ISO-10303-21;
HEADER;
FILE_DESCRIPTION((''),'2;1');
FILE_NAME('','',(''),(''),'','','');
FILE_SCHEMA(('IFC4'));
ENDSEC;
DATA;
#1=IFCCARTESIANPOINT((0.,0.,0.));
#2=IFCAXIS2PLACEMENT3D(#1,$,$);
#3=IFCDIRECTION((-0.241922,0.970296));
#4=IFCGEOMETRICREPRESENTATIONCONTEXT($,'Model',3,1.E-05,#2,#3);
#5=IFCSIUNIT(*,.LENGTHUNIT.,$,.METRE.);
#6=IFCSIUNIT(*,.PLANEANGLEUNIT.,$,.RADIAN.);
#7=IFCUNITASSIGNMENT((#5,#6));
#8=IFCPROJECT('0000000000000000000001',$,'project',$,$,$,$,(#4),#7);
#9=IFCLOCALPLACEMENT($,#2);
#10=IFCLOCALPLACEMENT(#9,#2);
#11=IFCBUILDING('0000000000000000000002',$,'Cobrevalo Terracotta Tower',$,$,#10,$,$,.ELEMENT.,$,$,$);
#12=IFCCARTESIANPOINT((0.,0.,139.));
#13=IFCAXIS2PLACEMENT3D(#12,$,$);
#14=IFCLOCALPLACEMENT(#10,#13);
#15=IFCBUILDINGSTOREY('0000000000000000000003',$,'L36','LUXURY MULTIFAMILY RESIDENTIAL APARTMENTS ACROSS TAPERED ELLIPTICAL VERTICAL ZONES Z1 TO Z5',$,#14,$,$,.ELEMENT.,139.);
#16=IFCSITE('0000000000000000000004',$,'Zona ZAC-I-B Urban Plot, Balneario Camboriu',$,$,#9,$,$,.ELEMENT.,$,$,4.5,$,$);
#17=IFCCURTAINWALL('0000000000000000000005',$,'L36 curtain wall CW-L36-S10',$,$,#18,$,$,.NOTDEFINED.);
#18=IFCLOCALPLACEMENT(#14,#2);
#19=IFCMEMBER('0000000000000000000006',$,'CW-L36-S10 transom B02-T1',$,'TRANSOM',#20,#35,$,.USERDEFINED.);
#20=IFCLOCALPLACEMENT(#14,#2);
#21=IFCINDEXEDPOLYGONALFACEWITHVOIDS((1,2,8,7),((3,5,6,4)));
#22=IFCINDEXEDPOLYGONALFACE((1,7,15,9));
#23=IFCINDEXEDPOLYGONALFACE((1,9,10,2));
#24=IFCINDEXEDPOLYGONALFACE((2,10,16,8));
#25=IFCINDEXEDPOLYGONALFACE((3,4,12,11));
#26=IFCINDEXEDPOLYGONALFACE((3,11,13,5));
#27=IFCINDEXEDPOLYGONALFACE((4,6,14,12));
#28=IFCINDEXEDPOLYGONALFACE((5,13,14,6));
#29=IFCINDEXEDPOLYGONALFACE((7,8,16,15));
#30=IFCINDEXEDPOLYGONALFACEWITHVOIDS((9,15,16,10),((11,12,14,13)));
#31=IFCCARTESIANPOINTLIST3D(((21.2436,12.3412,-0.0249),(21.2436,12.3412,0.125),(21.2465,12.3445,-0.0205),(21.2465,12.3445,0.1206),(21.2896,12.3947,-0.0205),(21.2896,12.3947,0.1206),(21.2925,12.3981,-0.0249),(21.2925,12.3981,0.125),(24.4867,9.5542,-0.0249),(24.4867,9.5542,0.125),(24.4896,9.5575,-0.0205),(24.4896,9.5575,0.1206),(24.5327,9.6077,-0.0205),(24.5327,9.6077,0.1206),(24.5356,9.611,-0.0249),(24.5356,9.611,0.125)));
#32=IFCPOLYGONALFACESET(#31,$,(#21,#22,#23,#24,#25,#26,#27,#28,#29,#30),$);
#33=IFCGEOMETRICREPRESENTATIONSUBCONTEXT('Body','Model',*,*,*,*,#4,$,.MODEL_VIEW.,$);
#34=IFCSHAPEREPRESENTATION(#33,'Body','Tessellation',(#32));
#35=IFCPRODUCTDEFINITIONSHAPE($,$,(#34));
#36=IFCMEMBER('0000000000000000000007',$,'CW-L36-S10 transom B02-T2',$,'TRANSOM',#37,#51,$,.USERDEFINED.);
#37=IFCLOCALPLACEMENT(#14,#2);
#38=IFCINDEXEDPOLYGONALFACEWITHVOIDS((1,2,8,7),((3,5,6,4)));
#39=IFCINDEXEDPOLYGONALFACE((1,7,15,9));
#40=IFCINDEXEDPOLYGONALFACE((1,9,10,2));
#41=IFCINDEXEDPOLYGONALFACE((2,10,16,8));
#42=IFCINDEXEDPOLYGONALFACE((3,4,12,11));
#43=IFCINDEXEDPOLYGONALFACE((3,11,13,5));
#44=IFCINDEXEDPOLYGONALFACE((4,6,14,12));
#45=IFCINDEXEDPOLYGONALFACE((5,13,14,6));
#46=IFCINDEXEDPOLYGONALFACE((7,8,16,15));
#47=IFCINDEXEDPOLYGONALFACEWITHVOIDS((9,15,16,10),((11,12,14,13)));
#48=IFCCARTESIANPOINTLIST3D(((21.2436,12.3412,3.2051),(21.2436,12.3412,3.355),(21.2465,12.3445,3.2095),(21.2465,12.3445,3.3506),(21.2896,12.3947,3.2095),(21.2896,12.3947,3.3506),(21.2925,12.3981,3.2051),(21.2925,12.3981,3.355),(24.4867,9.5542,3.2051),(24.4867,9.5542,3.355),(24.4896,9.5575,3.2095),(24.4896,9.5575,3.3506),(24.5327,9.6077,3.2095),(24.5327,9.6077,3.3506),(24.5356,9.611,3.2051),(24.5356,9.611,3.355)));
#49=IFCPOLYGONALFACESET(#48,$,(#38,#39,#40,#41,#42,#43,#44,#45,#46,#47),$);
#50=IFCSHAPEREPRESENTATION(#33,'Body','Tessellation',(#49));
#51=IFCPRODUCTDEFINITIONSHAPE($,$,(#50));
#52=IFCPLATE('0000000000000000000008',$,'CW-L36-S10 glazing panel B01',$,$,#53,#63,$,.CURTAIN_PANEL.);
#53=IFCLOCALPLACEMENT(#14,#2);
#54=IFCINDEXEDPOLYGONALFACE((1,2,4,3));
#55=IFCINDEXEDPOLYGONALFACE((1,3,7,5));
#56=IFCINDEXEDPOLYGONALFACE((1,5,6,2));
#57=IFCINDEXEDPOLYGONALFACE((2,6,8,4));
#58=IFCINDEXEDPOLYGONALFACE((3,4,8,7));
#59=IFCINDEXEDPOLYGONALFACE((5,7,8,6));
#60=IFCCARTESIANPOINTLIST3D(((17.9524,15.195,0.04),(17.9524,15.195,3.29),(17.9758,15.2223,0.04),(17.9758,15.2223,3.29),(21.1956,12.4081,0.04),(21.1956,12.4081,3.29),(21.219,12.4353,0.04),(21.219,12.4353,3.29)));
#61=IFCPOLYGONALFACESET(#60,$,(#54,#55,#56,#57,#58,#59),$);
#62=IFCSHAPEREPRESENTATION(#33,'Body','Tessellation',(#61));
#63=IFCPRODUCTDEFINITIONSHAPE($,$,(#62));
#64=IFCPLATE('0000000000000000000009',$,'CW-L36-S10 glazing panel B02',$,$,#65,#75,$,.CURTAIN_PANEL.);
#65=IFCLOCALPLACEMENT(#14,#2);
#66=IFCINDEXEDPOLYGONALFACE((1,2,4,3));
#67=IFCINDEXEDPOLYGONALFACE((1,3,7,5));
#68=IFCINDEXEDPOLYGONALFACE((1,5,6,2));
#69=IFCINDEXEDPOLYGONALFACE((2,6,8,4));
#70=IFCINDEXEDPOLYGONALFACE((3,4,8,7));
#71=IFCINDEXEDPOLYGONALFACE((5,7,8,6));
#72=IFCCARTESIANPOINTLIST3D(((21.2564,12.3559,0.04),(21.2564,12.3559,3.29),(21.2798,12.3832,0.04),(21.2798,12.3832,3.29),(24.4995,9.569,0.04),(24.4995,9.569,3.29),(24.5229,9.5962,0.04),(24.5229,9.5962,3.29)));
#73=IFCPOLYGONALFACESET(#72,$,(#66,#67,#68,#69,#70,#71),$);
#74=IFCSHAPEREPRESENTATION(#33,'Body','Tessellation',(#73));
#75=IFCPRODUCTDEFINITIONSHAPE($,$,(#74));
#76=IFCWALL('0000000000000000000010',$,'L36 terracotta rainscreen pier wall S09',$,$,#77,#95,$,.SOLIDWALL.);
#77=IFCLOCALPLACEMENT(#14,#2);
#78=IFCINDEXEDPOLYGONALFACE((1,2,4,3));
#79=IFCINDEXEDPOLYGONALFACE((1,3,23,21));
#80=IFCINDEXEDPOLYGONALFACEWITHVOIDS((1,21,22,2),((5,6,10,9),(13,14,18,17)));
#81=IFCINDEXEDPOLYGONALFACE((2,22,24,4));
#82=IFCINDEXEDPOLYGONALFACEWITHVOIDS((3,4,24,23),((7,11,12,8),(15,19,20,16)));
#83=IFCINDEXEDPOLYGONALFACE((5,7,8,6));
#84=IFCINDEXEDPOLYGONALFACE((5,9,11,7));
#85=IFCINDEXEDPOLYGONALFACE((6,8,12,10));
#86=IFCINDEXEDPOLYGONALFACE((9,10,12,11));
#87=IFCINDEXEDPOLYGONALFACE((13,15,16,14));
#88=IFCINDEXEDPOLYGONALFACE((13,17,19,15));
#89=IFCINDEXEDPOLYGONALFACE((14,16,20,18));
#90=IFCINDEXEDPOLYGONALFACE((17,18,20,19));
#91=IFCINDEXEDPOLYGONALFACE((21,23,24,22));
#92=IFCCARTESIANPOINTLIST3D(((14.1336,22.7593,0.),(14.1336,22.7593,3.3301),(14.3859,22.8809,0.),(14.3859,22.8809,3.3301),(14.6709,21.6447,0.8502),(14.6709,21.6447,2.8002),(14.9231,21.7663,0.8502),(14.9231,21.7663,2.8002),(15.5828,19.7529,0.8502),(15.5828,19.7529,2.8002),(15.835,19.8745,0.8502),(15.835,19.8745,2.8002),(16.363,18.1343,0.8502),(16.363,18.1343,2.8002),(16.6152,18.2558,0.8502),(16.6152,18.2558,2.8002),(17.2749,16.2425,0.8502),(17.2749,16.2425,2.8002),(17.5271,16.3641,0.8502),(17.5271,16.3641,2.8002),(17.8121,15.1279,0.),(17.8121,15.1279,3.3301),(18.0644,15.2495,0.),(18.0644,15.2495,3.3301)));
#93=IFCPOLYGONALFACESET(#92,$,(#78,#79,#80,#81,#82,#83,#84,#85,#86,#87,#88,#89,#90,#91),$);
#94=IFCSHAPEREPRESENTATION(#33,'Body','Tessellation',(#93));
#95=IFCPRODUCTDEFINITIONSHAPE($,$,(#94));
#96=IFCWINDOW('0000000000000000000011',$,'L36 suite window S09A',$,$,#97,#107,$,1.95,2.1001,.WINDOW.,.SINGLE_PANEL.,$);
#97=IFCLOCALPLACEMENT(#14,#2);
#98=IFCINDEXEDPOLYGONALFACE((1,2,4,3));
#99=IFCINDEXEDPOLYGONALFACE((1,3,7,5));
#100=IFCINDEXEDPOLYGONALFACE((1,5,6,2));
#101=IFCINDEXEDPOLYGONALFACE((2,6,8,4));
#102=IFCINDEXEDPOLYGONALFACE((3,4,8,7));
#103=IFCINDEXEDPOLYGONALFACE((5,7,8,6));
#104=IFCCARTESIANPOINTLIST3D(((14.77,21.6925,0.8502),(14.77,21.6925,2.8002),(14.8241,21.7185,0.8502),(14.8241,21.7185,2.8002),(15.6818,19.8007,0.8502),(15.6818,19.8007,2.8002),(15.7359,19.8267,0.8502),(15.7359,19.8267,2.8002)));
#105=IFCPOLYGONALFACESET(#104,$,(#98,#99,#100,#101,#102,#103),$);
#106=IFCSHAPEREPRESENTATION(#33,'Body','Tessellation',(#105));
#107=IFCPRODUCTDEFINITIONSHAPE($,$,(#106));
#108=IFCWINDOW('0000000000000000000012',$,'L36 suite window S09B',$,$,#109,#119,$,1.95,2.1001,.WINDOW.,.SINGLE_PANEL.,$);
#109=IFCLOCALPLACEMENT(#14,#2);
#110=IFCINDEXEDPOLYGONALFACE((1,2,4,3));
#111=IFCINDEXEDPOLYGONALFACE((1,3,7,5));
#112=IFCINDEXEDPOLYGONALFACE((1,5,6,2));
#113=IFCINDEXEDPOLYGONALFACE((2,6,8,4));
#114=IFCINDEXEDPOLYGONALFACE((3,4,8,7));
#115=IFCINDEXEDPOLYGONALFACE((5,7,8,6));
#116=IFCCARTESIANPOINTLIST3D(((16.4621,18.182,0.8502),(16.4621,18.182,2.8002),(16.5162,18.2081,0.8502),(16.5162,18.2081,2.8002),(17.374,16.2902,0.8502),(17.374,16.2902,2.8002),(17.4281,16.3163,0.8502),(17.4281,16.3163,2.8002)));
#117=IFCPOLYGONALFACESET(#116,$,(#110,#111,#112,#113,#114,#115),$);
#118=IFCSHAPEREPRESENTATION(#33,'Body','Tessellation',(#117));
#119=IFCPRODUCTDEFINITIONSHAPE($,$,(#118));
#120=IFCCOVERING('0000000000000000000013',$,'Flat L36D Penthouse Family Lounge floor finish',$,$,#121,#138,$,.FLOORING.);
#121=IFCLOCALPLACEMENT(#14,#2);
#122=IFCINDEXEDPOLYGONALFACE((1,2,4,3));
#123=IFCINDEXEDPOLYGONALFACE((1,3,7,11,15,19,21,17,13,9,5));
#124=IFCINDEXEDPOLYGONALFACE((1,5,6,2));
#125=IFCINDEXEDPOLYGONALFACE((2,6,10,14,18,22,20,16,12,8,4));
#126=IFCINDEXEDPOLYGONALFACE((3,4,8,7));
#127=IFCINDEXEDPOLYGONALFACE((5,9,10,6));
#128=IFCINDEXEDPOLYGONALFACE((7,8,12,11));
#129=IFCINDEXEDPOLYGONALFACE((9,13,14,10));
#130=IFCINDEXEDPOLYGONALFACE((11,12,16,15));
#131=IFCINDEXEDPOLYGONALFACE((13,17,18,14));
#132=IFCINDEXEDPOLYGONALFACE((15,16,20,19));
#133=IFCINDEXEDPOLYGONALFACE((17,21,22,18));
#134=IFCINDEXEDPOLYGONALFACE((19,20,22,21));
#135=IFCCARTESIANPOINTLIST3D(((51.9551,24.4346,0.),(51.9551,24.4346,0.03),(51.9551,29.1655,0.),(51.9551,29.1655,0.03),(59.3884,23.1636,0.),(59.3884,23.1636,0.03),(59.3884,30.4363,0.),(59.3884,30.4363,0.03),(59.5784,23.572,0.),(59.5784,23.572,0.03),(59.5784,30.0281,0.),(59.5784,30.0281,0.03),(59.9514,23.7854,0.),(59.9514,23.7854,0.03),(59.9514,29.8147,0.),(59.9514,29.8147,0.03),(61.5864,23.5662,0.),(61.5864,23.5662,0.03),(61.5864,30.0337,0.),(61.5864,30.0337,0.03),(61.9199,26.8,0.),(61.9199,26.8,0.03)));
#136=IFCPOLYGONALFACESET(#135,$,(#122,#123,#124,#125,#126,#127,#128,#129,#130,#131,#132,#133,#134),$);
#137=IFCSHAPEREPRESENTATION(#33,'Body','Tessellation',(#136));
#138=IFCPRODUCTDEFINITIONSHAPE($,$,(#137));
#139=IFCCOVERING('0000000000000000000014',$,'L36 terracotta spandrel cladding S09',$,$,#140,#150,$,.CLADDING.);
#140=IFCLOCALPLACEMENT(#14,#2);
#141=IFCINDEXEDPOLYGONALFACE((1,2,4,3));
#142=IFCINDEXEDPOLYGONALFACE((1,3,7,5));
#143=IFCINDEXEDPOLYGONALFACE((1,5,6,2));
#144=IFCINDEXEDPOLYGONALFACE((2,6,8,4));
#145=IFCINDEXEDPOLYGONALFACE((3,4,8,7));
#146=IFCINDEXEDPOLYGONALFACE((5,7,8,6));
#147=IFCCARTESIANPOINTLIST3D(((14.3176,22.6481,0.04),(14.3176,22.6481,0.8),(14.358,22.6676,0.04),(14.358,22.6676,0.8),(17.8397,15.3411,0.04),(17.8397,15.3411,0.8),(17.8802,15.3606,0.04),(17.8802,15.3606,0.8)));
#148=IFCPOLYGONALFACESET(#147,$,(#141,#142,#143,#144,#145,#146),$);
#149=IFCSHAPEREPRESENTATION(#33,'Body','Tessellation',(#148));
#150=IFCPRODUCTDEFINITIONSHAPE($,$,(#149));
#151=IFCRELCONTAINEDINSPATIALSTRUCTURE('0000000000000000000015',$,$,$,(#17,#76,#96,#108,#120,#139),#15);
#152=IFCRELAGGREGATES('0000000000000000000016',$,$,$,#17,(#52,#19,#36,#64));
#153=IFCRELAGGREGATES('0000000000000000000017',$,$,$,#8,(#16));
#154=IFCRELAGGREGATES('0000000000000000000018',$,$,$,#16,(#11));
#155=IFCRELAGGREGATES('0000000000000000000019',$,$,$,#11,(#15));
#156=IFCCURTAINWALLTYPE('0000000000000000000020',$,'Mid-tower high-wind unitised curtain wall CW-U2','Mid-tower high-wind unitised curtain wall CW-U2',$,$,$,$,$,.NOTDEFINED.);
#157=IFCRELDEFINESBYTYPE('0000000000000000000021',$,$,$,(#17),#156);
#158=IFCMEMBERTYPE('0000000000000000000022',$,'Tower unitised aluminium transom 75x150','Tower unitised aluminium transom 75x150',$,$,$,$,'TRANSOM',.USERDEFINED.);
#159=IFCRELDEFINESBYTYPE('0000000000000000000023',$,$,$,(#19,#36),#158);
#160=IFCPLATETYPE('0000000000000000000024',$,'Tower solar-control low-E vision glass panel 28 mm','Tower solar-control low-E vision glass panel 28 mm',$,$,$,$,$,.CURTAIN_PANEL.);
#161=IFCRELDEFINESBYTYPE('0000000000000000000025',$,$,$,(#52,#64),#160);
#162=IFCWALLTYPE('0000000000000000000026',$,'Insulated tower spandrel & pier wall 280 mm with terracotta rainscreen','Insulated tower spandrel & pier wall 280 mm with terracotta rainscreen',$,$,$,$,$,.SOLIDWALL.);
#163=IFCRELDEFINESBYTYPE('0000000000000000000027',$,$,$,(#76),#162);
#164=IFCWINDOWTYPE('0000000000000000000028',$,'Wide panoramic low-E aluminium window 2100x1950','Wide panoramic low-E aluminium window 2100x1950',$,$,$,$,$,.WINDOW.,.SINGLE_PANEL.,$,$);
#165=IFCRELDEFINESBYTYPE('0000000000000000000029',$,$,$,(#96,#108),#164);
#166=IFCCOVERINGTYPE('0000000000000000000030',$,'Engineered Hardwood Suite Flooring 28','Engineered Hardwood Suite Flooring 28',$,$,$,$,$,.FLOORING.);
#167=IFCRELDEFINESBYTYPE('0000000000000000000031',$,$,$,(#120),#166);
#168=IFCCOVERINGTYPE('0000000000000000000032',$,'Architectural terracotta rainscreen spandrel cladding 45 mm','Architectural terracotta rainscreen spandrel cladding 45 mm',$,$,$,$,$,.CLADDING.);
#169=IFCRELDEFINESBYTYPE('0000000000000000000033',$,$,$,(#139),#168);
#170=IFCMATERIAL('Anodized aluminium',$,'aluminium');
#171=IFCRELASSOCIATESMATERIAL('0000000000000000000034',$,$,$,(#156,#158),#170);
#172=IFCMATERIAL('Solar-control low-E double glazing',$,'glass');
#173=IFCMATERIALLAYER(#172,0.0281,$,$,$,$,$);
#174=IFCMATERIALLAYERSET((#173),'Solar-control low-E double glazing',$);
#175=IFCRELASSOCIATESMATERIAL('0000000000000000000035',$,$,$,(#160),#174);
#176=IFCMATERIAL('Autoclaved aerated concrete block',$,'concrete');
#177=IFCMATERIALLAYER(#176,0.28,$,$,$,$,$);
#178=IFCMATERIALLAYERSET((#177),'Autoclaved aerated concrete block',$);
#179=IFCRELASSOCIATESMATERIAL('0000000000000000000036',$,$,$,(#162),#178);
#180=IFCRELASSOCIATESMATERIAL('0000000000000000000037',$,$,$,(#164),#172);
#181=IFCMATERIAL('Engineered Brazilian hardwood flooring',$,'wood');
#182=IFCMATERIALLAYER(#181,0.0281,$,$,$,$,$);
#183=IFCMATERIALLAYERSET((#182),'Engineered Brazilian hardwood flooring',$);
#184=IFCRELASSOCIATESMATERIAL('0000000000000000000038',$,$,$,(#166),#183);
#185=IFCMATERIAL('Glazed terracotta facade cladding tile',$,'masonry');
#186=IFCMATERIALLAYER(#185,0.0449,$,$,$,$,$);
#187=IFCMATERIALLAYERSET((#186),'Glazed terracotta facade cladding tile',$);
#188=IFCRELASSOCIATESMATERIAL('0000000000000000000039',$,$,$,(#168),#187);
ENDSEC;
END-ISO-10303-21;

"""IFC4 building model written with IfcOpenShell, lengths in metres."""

from ifc_helpers import new_model, si_unit, direction, frame, frame_2d, origin, origin_2d, place, context, subcontext, project, spatial, polyline, rectangle, hollow_rectangle, outline, extrude, source, transform, mapped, material, layer, layer_set, material_profile, profile_set, type_object, element, fill, aggregate, save


model = new_model("IFC4")

# Units and contexts
model_context = context("Model", 3, precision=1e-05, world=origin(), true_north=direction((-0.241922, 0.970296)))
body_context = subcontext(model_context, "Body", "Model", "MODEL_VIEW")
ifc_project = project(units=[si_unit("LENGTHUNIT", "METRE"), si_unit("PLANEANGLEUNIT", "RADIAN")], contexts=[model_context])

# Site, building, storey
site_placement = place(None, origin())
site = spatial("IfcSite", under=ifc_project, at=site_placement, Name="Zona ZAC-I-B Urban Plot, Balneario Camboriu", CompositionType="ELEMENT", RefElevation=4.5)
building_placement = place(site_placement, origin())
building = spatial("IfcBuilding", under=site, at=building_placement, Name="Cobrevalo Terracotta Tower", CompositionType="ELEMENT")
storey_placement = place(building_placement, frame((0.0, 0.0, 139.0)))
storey = spatial("IfcBuildingStorey", under=building, at=storey_placement, Name="L36", Description="LUXURY MULTIFAMILY RESIDENTIAL APARTMENTS ACROSS TAPERED ELLIPTICAL VERTICAL ZONES Z1 TO Z5", CompositionType="ELEMENT", Elevation=139.0)

# Shared definitions
ifc_material_1 = material(Name="Anodized aluminium", Category="aluminium")
curtain_wall_type = type_object("IfcCurtainWallType", Name="Mid-tower high-wind unitised curtain wall CW-U2", Description="Mid-tower high-wind unitised curtain wall CW-U2", PredefinedType="NOTDEFINED", material=ifc_material_1)

# Curtain wall, members, plates
curtain_wall_1_placement = place(storey_placement, origin())
curtain_wall_1 = element("IfcCurtainWall", 1, at=curtain_wall_1_placement, inside=storey, type_object=curtain_wall_type, Name="L36 curtain wall CW-L36-S10", PredefinedType="NOTDEFINED")
ifc_material_profile_1 = material_profile(ifc_material_1, hollow_rectangle(XDim=0.075, YDim=0.1499, WallThickness=0.0044, at=origin_2d()), Name="CWT 75x150")
ifc_profile_set_1 = profile_set([ifc_material_profile_1], Name="Anodized aluminium")
member_type_1 = type_object("IfcMemberType", Name="Tower unitised aluminium transom 75x150", Description="Tower unitised aluminium transom 75x150", ElementType="TRANSOM", PredefinedType="USERDEFINED", material=ifc_profile_set_1)
shared_shape_1 = source(origin(), body_context, "Body", "SweptSolid", [
    extrude(hollow_rectangle(XDim=0.075, YDim=0.1499, WallThickness=0.0044, at=origin_2d()), origin(), (0.0, 0.0, 1.0), 4.2761),
])
member_1_placement = place(storey_placement, frame((21.2681, 12.3696, 0.05), z_axis=(0.758418, -0.651769, 0.0), x_axis=(0.651769, 0.758418, 0.0)))
member_1 = element("IfcMember", 2, at=member_1_placement, type_object=member_type_1, Name="CW-L36-S10 transom B02-T1", ObjectType="TRANSOM", PredefinedType="USERDEFINED", context=body_context, shape_type="MappedRepresentation", body=[
    mapped(shared_shape_1, transform((0.0, 0.0, 0.0), scale=1.0)),
])
member_2_placement = place(storey_placement, frame((21.2681, 12.3696, 3.28), z_axis=(0.758418, -0.651769, 0.0), x_axis=(0.651769, 0.758418, 0.0)))
member_2 = element("IfcMember", 3, at=member_2_placement, type_object=member_type_1, Name="CW-L36-S10 transom B02-T2", ObjectType="TRANSOM", PredefinedType="USERDEFINED", context=body_context, shape_type="MappedRepresentation", body=[
    mapped(shared_shape_1, transform((0.0, 0.0, 0.0), scale=1.0)),
])
ifc_material_2 = material(Name="Solar-control low-E double glazing", Category="glass")
ifc_layer_1 = layer(ifc_material_2, 0.0281)
ifc_layer_set_1 = layer_set([ifc_layer_1], Name="Solar-control low-E double glazing")
plate_type = type_object("IfcPlateType", Name="Tower solar-control low-E vision glass panel 28 mm", Description="Tower solar-control low-E vision glass panel 28 mm", PredefinedType="CURTAIN_PANEL", material=ifc_layer_set_1)
shared_shape_2 = source(origin(), body_context, "Body", "SweptSolid", [
    extrude(rectangle(XDim=4.2761, YDim=0.0359, at=origin_2d()), origin(), (0.0, 0.0, 1.0), 3.25),
])
plate_1_placement = place(storey_placement, frame((19.5857, 13.8152, 0.04), z_axis=(0.0, 0.0, 1.0), x_axis=(0.758437, -0.651746, 0.0)))
plate_1 = element("IfcPlate", 4, at=plate_1_placement, type_object=plate_type, Name="CW-L36-S10 glazing panel B01", PredefinedType="CURTAIN_PANEL", context=body_context, shape_type="MappedRepresentation", body=[
    mapped(shared_shape_2, transform((0.0, 0.0, 0.0), scale=1.0)),
])
plate_2_placement = place(storey_placement, frame((22.8896, 10.9761, 0.04), z_axis=(0.0, 0.0, 1.0), x_axis=(0.758437, -0.651746, 0.0)))
plate_2 = element("IfcPlate", 5, at=plate_2_placement, type_object=plate_type, Name="CW-L36-S10 glazing panel B02", PredefinedType="CURTAIN_PANEL", context=body_context, shape_type="MappedRepresentation", body=[
    mapped(shared_shape_2, transform((0.0, 0.0, 0.0), scale=1.0)),
])
aggregate(curtain_wall_1, [plate_1, member_1, member_2, plate_2])

# Wall, openings, windows
ifc_material_3 = material(Name="Autoclaved aerated concrete block", Category="concrete")
ifc_layer_2 = layer(ifc_material_3, 0.28)
ifc_layer_set_2 = layer_set([ifc_layer_2], Name="Autoclaved aerated concrete block")
wall_type = type_object("IfcWallType", Name="Insulated tower spandrel & pier wall 280 mm with terracotta rainscreen", Description="Insulated tower spandrel & pier wall 280 mm with terracotta rainscreen", PredefinedType="SOLIDWALL", material=ifc_layer_set_2)
wall_placement = place(storey_placement, frame((14.2598, 22.8201, 0.0), z_axis=(0.0, 0.0, 1.0), x_axis=(0.43421, -0.900812, 0.0)))
wall = element("IfcWall", 6, at=wall_placement, inside=storey, type_object=wall_type, Name="L36 terracotta rainscreen pier wall S09", PredefinedType="SOLIDWALL", context=body_context, shape_type="SweptSolid", body=[
    extrude(rectangle(XDim=8.4717, YDim=0.28, at=frame_2d((4.2358, 0.0))), origin(), (0.0, 0.0, 1.0), 3.3301),
])
opening_1_placement = place(wall_placement, frame((1.2373, 0.0, 0.8501)))
opening_1 = element("IfcOpeningElement", 7, at=opening_1_placement, cuts=wall, PredefinedType="OPENING", context=body_context, shape_type="SweptSolid", body=[
    extrude(rectangle(XDim=2.1001, YDim=1.95, at=frame_2d((1.05, 0.9751))), frame((0.0, 0.1499, 0.0), z_axis=(0.0, -1.0, 0.0), x_axis=(1.0, 0.0, 0.0)), (0.0, 0.0, 1.0), 0.3),
])
opening_2_placement = place(wall_placement, frame((5.1343, 0.0, 0.8501)))
opening_2 = element("IfcOpeningElement", 8, at=opening_2_placement, cuts=wall, PredefinedType="OPENING", context=body_context, shape_type="SweptSolid", body=[
    extrude(rectangle(XDim=2.1001, YDim=1.95, at=frame_2d((1.05, 0.9751))), frame((0.0, 0.1499, 0.0), z_axis=(0.0, -1.0, 0.0), x_axis=(1.0, 0.0, 0.0)), (0.0, 0.0, 1.0), 0.3),
])
window_type = type_object("IfcWindowType", Name="Wide panoramic low-E aluminium window 2100x1950", Description="Wide panoramic low-E aluminium window 2100x1950", PartitioningType="SINGLE_PANEL", PredefinedType="WINDOW", material=ifc_material_2)
shared_shape_3 = source(origin(), body_context, "Body", "SweptSolid", [
    extrude(rectangle(XDim=2.1001, YDim=1.95, at=frame_2d((1.05, 0.9751))), frame((0.0, 0.03, 0.0), z_axis=(0.0, -1.0, 0.0), x_axis=(1.0, 0.0, 0.0)), (0.0, 0.0, 1.0), 0.0601),
])
window_1_placement = place(opening_1_placement, origin())
window_1 = element("IfcWindow", 9, at=window_1_placement, inside=storey, type_object=window_type, Name="L36 suite window S09A", OverallHeight=1.95, OverallWidth=2.1001, PartitioningType="SINGLE_PANEL", PredefinedType="WINDOW", context=body_context, shape_type="MappedRepresentation", body=[
    mapped(shared_shape_3, transform((0.0, 0.0, 0.0), scale=1.0)),
])
fill(opening_1, window_1)
window_2_placement = place(opening_2_placement, origin())
window_2 = element("IfcWindow", 10, at=window_2_placement, inside=storey, type_object=window_type, Name="L36 suite window S09B", OverallHeight=1.95, OverallWidth=2.1001, PartitioningType="SINGLE_PANEL", PredefinedType="WINDOW", context=body_context, shape_type="MappedRepresentation", body=[
    mapped(shared_shape_3, transform((0.0, 0.0, 0.0), scale=1.0)),
])
fill(opening_2, window_2)

# Coverings
ifc_material_4 = material(Name="Engineered Brazilian hardwood flooring", Category="wood")
ifc_layer_3 = layer(ifc_material_4, 0.0281)
ifc_layer_set_3 = layer_set([ifc_layer_3], Name="Engineered Brazilian hardwood flooring")
covering_type_1 = type_object("IfcCoveringType", Name="Engineered Hardwood Suite Flooring 28", Description="Engineered Hardwood Suite Flooring 28", PredefinedType="FLOORING", material=ifc_layer_set_3)
covering_1_placement = place(storey_placement, origin())
element("IfcCovering", 11, at=covering_1_placement, inside=storey, type_object=covering_type_1, Name="Flat L36D Penthouse Family Lounge floor finish", PredefinedType="FLOORING", context=body_context, shape_type="SweptSolid", body=[
    extrude(outline(polyline([(59.3884, 30.4363), (59.5784, 30.0281), (59.9514, 29.8147), (61.5864, 30.0337), (61.9199, 26.8), (61.5864, 23.5662), (59.9514, 23.7854), (59.5784, 23.572), (59.3884, 23.1636), (51.9551, 24.4346), (51.9551, 29.1655), (59.3884, 30.4363)])), origin(), (0.0, 0.0, 1.0), 0.03),
])
ifc_material_5 = material(Name="Glazed terracotta facade cladding tile", Category="masonry")
ifc_layer_4 = layer(ifc_material_5, 0.0449)
ifc_layer_set_4 = layer_set([ifc_layer_4], Name="Glazed terracotta facade cladding tile")
covering_type_2 = type_object("IfcCoveringType", Name="Architectural terracotta rainscreen spandrel cladding 45 mm", Description="Architectural terracotta rainscreen spandrel cladding 45 mm", PredefinedType="CLADDING", material=ifc_layer_set_4)
shared_shape_4 = source(origin(), body_context, "Body", "SweptSolid", [
    extrude(rectangle(XDim=8.1116, YDim=0.0449, at=origin_2d()), origin(), (0.0, 0.0, 1.0), 0.76),
])
covering_2_placement = place(storey_placement, frame((16.0989, 19.0044, 0.04), z_axis=(0.0, 0.0, 1.0), x_axis=(0.434209, -0.900812, 0.0)))
element("IfcCovering", 12, at=covering_2_placement, inside=storey, type_object=covering_type_2, Name="L36 terracotta spandrel cladding S09", PredefinedType="CLADDING", context=body_context, shape_type="MappedRepresentation", body=[
    mapped(shared_shape_4, transform((0.0, 0.0, 0.0), scale=1.0)),
])

save(model, "model.ifc")
